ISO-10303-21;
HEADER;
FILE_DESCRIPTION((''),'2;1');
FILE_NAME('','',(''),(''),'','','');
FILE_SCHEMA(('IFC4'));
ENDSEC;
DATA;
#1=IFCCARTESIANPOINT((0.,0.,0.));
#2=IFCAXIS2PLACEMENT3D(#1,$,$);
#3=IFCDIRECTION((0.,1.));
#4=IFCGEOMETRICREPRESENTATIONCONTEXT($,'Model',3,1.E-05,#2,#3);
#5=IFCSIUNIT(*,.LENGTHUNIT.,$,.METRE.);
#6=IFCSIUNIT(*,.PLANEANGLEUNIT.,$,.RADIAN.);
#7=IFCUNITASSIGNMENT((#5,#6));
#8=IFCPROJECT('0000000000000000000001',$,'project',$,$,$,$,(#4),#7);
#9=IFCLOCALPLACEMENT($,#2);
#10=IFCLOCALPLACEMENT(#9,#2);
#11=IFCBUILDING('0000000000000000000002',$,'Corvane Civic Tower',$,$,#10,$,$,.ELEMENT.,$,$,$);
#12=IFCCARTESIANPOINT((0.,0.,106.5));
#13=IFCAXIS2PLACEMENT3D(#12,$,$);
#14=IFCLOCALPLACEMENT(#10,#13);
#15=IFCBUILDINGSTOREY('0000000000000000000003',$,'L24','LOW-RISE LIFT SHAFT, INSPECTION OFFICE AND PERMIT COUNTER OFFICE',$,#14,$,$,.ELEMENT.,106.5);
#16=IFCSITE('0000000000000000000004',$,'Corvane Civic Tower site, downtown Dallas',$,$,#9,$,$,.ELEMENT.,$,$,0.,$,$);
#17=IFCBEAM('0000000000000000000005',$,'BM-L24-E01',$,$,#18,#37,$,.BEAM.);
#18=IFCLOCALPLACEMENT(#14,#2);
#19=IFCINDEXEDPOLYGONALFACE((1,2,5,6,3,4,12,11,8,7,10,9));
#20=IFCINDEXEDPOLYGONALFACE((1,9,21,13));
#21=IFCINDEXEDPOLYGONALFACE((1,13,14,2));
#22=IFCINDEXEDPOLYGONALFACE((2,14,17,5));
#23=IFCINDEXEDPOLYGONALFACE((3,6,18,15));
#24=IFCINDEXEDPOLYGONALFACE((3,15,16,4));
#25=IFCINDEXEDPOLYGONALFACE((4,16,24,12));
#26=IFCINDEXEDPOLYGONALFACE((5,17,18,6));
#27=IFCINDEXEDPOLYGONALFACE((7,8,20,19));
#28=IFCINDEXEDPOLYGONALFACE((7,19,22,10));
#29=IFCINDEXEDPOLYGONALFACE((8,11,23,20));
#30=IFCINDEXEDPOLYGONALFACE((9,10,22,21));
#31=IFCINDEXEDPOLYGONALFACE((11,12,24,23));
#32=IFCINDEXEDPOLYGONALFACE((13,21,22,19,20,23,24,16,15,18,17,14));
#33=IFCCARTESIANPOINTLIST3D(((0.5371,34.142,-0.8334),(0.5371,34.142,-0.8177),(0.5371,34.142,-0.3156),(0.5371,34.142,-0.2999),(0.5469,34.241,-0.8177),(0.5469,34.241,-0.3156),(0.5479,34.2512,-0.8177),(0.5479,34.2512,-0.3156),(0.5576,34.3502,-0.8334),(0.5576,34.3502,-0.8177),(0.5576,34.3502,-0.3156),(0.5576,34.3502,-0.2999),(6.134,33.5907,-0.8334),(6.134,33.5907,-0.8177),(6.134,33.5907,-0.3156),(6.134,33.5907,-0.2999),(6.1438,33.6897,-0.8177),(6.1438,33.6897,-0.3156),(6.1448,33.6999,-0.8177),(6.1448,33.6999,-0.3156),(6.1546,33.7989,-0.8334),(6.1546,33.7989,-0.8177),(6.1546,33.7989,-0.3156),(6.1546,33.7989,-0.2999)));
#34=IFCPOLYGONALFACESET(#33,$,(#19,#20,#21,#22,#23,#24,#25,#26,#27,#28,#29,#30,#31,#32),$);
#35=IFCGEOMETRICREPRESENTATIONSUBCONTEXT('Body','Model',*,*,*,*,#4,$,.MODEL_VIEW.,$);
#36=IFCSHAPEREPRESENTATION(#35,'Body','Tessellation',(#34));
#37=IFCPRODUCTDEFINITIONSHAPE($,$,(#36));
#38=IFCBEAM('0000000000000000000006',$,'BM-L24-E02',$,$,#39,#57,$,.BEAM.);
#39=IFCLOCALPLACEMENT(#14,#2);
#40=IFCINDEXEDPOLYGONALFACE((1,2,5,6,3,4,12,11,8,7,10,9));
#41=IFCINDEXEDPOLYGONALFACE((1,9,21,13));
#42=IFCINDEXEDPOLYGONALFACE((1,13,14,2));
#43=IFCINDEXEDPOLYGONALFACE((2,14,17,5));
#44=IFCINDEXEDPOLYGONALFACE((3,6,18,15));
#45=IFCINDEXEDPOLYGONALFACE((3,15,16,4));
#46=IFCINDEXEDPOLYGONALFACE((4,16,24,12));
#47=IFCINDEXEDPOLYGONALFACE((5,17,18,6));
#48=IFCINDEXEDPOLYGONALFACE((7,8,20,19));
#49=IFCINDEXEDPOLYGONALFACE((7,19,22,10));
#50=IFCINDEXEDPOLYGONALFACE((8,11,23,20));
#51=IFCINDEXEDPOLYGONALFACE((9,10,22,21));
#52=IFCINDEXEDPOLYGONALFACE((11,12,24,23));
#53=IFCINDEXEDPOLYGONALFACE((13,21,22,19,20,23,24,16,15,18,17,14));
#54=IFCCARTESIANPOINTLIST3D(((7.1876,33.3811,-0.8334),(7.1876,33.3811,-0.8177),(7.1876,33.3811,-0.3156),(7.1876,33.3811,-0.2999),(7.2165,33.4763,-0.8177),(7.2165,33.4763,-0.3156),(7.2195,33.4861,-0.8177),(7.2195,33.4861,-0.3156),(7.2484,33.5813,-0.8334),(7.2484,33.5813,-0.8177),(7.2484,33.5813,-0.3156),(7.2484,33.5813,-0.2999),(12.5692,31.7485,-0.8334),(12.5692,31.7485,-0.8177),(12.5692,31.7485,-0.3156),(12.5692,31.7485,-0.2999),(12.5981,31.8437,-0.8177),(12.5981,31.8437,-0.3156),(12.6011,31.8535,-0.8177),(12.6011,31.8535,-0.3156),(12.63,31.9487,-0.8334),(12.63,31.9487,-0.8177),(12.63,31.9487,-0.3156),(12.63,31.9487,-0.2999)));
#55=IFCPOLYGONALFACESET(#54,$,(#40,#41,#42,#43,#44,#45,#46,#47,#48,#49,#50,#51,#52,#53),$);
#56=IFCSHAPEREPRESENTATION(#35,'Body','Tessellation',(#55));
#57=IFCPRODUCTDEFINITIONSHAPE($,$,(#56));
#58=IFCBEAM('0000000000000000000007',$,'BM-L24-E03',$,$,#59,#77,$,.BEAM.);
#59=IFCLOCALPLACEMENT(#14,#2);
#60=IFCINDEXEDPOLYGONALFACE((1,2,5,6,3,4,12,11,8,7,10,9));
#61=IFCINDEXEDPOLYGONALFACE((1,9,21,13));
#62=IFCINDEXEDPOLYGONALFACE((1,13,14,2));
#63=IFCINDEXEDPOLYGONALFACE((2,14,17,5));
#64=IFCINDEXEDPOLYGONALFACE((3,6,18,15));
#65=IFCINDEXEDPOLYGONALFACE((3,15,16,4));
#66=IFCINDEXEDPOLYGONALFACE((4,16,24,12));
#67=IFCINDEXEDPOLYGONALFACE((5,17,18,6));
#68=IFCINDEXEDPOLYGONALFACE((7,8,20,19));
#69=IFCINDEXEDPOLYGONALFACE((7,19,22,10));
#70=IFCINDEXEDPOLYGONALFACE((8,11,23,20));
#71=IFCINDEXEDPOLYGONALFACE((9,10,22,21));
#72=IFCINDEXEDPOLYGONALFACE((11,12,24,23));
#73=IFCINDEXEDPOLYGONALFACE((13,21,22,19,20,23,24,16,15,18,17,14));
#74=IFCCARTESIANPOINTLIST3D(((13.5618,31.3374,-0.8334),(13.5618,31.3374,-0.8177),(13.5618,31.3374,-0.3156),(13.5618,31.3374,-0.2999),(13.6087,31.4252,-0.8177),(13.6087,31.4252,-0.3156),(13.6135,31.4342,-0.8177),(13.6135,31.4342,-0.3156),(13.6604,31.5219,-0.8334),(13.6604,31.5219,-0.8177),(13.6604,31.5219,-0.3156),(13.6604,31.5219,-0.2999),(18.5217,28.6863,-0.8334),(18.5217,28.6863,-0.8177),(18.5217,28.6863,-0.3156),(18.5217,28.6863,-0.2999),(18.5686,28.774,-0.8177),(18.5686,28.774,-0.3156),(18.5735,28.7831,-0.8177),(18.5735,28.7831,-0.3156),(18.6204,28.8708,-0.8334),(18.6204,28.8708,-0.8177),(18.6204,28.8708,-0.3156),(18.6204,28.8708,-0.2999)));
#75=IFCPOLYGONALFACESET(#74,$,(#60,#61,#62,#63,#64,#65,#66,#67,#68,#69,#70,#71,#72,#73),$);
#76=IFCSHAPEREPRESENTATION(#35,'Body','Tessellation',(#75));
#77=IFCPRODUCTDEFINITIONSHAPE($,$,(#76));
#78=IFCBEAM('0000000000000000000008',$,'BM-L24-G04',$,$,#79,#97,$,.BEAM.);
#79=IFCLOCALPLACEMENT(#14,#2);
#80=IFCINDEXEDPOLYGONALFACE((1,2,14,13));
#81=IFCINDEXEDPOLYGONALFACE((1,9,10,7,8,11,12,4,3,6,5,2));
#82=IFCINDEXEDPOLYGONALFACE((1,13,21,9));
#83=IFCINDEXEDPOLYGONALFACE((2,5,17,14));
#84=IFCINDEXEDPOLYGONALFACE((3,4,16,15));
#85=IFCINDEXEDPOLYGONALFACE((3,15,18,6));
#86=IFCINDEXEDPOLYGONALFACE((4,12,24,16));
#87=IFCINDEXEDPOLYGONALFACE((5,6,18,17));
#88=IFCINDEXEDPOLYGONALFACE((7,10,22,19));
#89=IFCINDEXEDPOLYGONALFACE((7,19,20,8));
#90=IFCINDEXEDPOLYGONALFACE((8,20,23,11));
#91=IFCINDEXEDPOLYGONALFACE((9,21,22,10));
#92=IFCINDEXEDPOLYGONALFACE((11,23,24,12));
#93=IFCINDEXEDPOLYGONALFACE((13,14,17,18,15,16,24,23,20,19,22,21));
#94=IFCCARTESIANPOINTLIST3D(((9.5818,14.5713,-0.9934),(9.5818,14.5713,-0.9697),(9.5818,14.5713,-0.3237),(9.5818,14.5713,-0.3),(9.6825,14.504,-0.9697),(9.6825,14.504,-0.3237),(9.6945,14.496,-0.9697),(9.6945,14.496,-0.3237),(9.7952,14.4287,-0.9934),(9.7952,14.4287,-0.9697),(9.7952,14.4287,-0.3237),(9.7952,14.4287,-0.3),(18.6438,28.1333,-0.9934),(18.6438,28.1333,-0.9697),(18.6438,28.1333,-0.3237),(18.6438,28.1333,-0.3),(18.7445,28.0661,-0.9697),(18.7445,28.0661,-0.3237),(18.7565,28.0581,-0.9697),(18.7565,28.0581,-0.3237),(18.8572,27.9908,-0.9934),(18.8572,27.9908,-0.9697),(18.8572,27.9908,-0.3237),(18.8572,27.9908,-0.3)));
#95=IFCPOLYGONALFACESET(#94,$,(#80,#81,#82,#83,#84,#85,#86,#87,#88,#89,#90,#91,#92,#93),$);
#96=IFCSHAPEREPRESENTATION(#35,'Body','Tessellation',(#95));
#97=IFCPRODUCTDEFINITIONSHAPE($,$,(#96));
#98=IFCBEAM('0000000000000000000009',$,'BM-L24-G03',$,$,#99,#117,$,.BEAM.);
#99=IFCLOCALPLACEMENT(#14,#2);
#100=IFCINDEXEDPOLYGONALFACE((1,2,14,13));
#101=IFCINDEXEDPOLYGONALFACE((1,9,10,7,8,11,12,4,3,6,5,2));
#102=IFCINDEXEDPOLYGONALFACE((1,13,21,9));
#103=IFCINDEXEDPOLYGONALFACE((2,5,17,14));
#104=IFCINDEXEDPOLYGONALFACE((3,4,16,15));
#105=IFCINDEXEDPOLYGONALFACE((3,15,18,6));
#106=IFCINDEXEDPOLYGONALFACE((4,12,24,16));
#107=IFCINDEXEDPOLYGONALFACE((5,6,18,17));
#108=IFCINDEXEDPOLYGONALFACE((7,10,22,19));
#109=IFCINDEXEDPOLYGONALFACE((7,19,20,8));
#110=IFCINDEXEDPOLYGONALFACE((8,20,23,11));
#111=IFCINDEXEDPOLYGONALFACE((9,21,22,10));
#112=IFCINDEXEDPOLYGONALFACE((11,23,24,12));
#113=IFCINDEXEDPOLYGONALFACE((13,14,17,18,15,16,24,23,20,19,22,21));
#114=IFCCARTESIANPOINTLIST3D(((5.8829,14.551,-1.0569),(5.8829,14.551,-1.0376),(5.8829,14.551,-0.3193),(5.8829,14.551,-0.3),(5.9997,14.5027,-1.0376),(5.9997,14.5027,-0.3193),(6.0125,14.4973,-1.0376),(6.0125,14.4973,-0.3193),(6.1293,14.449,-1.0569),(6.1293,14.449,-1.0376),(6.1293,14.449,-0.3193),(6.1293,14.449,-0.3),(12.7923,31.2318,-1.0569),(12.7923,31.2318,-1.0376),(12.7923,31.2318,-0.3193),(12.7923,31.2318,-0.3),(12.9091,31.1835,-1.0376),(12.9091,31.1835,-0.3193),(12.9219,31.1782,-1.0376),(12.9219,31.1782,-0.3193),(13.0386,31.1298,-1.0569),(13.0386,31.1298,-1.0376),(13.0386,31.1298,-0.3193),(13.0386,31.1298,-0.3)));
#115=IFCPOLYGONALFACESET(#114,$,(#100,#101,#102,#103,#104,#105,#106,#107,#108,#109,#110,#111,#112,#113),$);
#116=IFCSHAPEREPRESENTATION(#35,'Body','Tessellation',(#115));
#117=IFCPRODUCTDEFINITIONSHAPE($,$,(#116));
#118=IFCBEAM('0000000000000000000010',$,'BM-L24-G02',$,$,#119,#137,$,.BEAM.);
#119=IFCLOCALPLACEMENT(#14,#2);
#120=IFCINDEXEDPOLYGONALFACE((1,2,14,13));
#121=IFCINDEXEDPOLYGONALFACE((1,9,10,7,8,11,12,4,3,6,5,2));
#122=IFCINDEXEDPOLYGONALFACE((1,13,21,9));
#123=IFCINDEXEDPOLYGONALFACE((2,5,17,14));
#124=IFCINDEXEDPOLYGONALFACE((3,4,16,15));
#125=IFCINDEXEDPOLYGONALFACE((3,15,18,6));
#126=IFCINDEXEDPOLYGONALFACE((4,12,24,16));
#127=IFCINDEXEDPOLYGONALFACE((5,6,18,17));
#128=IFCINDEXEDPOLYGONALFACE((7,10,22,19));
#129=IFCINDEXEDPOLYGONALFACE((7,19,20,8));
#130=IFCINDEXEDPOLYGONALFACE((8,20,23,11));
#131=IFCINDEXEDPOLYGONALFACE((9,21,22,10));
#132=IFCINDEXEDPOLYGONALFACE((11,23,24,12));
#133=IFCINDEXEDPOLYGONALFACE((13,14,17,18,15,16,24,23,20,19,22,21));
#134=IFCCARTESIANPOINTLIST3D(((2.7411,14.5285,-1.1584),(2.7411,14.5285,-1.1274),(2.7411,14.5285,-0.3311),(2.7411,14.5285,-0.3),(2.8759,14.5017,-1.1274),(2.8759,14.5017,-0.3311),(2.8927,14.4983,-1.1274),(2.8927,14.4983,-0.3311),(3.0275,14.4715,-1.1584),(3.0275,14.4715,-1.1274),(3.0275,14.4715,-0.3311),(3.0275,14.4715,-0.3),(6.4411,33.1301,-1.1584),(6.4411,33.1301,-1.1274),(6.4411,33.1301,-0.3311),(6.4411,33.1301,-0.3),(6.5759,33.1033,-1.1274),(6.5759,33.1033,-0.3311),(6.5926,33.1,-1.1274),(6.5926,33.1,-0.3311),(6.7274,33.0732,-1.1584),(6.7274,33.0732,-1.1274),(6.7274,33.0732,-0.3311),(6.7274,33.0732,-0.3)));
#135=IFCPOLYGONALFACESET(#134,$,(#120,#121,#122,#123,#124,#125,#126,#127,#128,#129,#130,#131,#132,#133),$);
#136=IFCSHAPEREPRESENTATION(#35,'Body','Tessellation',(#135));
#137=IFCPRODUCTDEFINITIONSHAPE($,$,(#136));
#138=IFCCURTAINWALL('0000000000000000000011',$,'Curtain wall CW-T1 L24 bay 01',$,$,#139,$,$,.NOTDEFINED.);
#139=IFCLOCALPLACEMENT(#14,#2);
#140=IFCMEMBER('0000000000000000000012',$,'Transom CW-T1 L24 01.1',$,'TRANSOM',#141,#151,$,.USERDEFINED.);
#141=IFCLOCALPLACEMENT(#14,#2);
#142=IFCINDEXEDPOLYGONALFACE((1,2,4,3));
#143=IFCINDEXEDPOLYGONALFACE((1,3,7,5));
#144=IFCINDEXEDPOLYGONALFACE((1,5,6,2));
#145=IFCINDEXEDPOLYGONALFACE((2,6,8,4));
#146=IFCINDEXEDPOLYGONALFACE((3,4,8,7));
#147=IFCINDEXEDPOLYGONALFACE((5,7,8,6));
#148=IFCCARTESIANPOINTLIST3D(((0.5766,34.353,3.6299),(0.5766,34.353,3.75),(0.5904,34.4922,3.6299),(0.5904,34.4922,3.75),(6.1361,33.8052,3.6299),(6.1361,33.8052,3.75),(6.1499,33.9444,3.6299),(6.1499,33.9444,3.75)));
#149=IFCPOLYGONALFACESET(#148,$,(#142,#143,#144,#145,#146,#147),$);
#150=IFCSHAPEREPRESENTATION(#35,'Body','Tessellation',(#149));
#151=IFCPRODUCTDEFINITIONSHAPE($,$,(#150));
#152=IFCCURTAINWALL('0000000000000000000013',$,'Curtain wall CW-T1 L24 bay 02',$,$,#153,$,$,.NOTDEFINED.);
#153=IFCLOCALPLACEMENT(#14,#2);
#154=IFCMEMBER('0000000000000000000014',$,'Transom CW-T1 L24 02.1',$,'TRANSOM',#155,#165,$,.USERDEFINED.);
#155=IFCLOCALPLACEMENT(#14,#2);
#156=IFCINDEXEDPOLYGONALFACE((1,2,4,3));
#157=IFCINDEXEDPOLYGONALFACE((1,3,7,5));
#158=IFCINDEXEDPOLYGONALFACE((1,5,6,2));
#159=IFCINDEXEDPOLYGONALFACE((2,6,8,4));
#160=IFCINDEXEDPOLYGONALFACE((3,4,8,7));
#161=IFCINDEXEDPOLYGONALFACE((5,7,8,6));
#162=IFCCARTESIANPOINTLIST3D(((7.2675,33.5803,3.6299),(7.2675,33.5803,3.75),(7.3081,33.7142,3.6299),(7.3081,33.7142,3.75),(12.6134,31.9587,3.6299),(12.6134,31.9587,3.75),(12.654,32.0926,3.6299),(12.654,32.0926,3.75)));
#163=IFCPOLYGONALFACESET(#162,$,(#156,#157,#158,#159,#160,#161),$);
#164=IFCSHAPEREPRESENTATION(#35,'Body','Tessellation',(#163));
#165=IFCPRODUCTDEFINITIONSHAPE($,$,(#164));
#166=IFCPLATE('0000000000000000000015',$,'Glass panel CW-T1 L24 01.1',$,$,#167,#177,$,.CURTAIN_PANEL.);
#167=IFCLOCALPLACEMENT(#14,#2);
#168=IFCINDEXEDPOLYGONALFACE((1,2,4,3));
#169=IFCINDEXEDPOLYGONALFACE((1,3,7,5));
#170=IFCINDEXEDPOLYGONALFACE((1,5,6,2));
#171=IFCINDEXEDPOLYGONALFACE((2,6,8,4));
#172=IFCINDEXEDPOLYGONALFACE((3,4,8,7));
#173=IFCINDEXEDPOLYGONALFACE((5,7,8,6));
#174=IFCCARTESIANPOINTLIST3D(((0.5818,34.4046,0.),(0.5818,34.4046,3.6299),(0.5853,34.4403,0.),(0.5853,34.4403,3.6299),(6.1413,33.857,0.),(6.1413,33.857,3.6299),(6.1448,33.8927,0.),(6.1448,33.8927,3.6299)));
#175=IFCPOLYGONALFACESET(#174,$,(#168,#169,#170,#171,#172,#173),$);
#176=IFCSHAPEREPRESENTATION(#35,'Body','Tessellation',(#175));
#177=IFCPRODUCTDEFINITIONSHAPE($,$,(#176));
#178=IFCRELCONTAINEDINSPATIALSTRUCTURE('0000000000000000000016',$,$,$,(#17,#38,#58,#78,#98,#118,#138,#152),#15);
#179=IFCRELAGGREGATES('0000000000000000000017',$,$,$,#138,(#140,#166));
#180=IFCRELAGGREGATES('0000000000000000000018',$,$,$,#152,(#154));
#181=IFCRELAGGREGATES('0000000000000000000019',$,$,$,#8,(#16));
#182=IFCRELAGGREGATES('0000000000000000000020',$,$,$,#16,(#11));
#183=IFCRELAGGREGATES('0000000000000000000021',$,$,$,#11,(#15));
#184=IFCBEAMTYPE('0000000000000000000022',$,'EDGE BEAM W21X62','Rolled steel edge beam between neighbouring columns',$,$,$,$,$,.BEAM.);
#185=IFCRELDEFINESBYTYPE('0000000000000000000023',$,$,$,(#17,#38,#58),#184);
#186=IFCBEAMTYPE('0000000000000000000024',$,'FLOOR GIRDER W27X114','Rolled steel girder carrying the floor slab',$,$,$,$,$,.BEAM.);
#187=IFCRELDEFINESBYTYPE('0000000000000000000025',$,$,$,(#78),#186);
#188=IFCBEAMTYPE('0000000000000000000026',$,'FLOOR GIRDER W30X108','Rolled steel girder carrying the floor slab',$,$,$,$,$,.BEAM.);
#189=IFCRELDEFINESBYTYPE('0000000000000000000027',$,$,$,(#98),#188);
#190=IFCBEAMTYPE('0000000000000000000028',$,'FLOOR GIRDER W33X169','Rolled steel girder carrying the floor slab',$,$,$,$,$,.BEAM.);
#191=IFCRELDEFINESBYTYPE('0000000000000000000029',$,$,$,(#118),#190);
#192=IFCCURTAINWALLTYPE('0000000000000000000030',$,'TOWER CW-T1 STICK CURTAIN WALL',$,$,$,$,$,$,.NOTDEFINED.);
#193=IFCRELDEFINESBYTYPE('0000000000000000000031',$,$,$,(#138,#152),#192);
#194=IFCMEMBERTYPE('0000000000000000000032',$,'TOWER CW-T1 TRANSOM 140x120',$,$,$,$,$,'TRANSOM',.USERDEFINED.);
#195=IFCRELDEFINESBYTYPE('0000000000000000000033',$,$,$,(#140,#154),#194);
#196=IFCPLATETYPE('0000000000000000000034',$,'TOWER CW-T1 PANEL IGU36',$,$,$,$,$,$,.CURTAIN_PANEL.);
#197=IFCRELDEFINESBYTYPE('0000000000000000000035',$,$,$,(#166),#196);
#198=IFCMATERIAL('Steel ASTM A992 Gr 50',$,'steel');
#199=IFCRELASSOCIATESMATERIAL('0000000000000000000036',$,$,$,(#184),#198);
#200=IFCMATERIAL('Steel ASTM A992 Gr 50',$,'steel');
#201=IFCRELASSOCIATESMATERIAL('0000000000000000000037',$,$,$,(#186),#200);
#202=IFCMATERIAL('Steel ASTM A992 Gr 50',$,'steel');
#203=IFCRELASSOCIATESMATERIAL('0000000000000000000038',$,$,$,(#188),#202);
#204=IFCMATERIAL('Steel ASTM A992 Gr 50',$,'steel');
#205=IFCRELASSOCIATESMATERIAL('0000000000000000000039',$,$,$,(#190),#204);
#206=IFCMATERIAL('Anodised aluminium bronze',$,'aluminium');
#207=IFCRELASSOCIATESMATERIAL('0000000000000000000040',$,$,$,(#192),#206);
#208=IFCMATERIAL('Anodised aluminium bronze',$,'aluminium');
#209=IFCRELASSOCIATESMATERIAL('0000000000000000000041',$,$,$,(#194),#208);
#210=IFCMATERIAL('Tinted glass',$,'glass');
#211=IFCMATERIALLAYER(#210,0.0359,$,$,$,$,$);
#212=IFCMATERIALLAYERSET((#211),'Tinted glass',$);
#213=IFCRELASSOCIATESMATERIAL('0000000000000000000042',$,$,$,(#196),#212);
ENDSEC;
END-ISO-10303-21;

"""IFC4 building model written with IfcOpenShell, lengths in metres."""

from ifc_helpers import new_model, si_unit, direction, frame, origin, origin_2d, place, context, subcontext, project, spatial, rectangle, i_section, extrude, material, layer, layer_set, material_profile, profile_set, type_object, element, aggregate, save


model = new_model("IFC4")

# Units and contexts
model_context = context("Model", 3, precision=1e-05, world=origin(), true_north=direction((0.0, 1.0)))
body_context = subcontext(model_context, "Body", "Model", "MODEL_VIEW")
ifc_project = project(units=[si_unit("LENGTHUNIT", "METRE"), si_unit("PLANEANGLEUNIT", "RADIAN")], contexts=[model_context])

# Site, building, storey
site_placement = place(None, origin())
site = spatial("IfcSite", under=ifc_project, at=site_placement, Name="Corvane Civic Tower site, downtown Dallas", CompositionType="ELEMENT", RefElevation=0.0)
building_placement = place(site_placement, origin())
building = spatial("IfcBuilding", under=site, at=building_placement, Name="Corvane Civic Tower", CompositionType="ELEMENT")
storey_placement = place(building_placement, frame((0.0, 0.0, 106.5)))
storey = spatial("IfcBuildingStorey", under=building, at=storey_placement, Name="L24", Description="LOW-RISE LIFT SHAFT, INSPECTION OFFICE AND PERMIT COUNTER OFFICE", CompositionType="ELEMENT", Elevation=106.5)

# Beams
ifc_material_1 = material(Name="Steel ASTM A992 Gr 50", Category="steel")
ifc_material_profile_1 = material_profile(ifc_material_1, i_section(OverallWidth=0.2092, OverallDepth=0.5334, WebThickness=0.0103, FlangeThickness=0.0156, at=origin_2d()), Name="W21X62")
ifc_profile_set_1 = profile_set([ifc_material_profile_1], Name="Steel ASTM A992 Gr 50")
beam_type_1 = type_object("IfcBeamType", Name="EDGE BEAM W21X62", Description="Rolled steel edge beam between neighbouring columns", PredefinedType="BEAM", material=ifc_profile_set_1)
beam_1_placement = place(storey_placement, frame((0.5474, 34.2461, -0.5667), z_axis=(0.995184, -0.098021, 0.0), x_axis=(0.098021, 0.995184, 0.0)))
element("IfcBeam", 1, at=beam_1_placement, inside=storey, type_object=beam_type_1, Name="BM-L24-E01", PredefinedType="BEAM", context=body_context, shape_type="SweptSolid", body=[
    extrude(i_section(OverallWidth=0.2092, OverallDepth=0.5334, WebThickness=0.0103, FlangeThickness=0.0156, at=origin_2d()), origin(), (0.0, 0.0, 1.0), 5.624),
])
beam_2_placement = place(storey_placement, frame((7.218, 33.4812, -0.5667), z_axis=(0.956936, -0.290298, 0.0), x_axis=(0.290298, 0.956936, 0.0)))
element("IfcBeam", 2, at=beam_2_placement, inside=storey, type_object=beam_type_1, Name="BM-L24-E02", PredefinedType="BEAM", context=body_context, shape_type="SweptSolid", body=[
    extrude(i_section(OverallWidth=0.2092, OverallDepth=0.5334, WebThickness=0.0103, FlangeThickness=0.0156, at=origin_2d()), origin(), (0.0, 0.0, 1.0), 5.6238),
])
beam_3_placement = place(storey_placement, frame((13.6111, 31.4297, -0.5667), z_axis=(0.881924, -0.471392, 0.0), x_axis=(0.471392, 0.881924, 0.0)))
element("IfcBeam", 3, at=beam_3_placement, inside=storey, type_object=beam_type_1, Name="BM-L24-E03", PredefinedType="BEAM", context=body_context, shape_type="SweptSolid", body=[
    extrude(i_section(OverallWidth=0.2092, OverallDepth=0.5334, WebThickness=0.0103, FlangeThickness=0.0156, at=origin_2d()), origin(), (0.0, 0.0, 1.0), 5.624),
])
ifc_material_2 = material(Name="Steel ASTM A992 Gr 50", Category="steel")
ifc_material_profile_2 = material_profile(ifc_material_2, i_section(OverallWidth=0.2566, OverallDepth=0.6934, WebThickness=0.0144, FlangeThickness=0.0237, at=origin_2d()), Name="W27X114")
ifc_profile_set_2 = profile_set([ifc_material_profile_2], Name="Steel ASTM A992 Gr 50")
beam_type_2 = type_object("IfcBeamType", Name="FLOOR GIRDER W27X114", Description="Rolled steel girder carrying the floor slab", PredefinedType="BEAM", material=ifc_profile_set_2)
beam_4_placement = place(storey_placement, frame((9.6885, 14.5, -0.6467), z_axis=(0.555577, 0.831465, 0.0), x_axis=(-0.831465, 0.555577, 0.0)))
element("IfcBeam", 4, at=beam_4_placement, inside=storey, type_object=beam_type_2, Name="BM-L24-G04", PredefinedType="BEAM", context=body_context, shape_type="SweptSolid", body=[
    extrude(i_section(OverallWidth=0.2566, OverallDepth=0.6934, WebThickness=0.0144, FlangeThickness=0.0237, at=origin_2d()), origin(), (0.0, 0.0, 1.0), 16.311),
])
ifc_material_3 = material(Name="Steel ASTM A992 Gr 50", Category="steel")
ifc_material_profile_3 = material_profile(ifc_material_3, i_section(OverallWidth=0.2666, OverallDepth=0.7568, WebThickness=0.0139, FlangeThickness=0.0193, at=origin_2d()), Name="W30X108")
ifc_profile_set_3 = profile_set([ifc_material_profile_3], Name="Steel ASTM A992 Gr 50")
beam_type_3 = type_object("IfcBeamType", Name="FLOOR GIRDER W30X108", Description="Rolled steel girder carrying the floor slab", PredefinedType="BEAM", material=ifc_profile_set_3)
beam_5_placement = place(storey_placement, frame((6.0061, 14.5, -0.6785), z_axis=(0.382682, 0.92388, 0.0), x_axis=(-0.92388, 0.382682, 0.0)))
element("IfcBeam", 5, at=beam_5_placement, inside=storey, type_object=beam_type_3, Name="BM-L24-G03", PredefinedType="BEAM", context=body_context, shape_type="SweptSolid", body=[
    extrude(i_section(OverallWidth=0.2666, OverallDepth=0.7568, WebThickness=0.0139, FlangeThickness=0.0193, at=origin_2d()), origin(), (0.0, 0.0, 1.0), 18.0552),
])
ifc_material_4 = material(Name="Steel ASTM A992 Gr 50", Category="steel")
ifc_material_profile_4 = material_profile(ifc_material_4, i_section(OverallWidth=0.292, OverallDepth=0.8584, WebThickness=0.0171, FlangeThickness=0.031, at=origin_2d()), Name="W33X169")
ifc_profile_set_4 = profile_set([ifc_material_profile_4], Name="Steel ASTM A992 Gr 50")
beam_type_4 = type_object("IfcBeamType", Name="FLOOR GIRDER W33X169", Description="Rolled steel girder carrying the floor slab", PredefinedType="BEAM", material=ifc_profile_set_4)
beam_6_placement = place(storey_placement, frame((2.8843, 14.5, -0.7292), z_axis=(0.195084, 0.980787, 0.0), x_axis=(-0.980787, 0.195084, 0.0)))
element("IfcBeam", 6, at=beam_6_placement, inside=storey, type_object=beam_type_4, Name="BM-L24-G02", PredefinedType="BEAM", context=body_context, shape_type="SweptSolid", body=[
    extrude(i_section(OverallWidth=0.292, OverallDepth=0.8584, WebThickness=0.0171, FlangeThickness=0.031, at=origin_2d()), origin(), (0.0, 0.0, 1.0), 18.9661),
])

# Curtain walls, members
ifc_material_5 = material(Name="Anodised aluminium bronze", Category="aluminium")
curtain_wall_type = type_object("IfcCurtainWallType", Name="TOWER CW-T1 STICK CURTAIN WALL", PredefinedType="NOTDEFINED", material=ifc_material_5)
curtain_wall_1_placement = place(storey_placement, origin())
curtain_wall_1 = element("IfcCurtainWall", 7, at=curtain_wall_1_placement, inside=storey, type_object=curtain_wall_type, Name="Curtain wall CW-T1 L24 bay 01", PredefinedType="NOTDEFINED")
ifc_material_6 = material(Name="Anodised aluminium bronze", Category="aluminium")
ifc_material_profile_5 = material_profile(ifc_material_6, rectangle(XDim=0.1399, YDim=0.1201, at=origin_2d()), Name="TOWER CW-T1 TRANSOM 140x120")
ifc_profile_set_5 = profile_set([ifc_material_profile_5], Name="Anodised aluminium bronze")
member_type = type_object("IfcMemberType", Name="TOWER CW-T1 TRANSOM 140x120", ElementType="TRANSOM", PredefinedType="USERDEFINED", material=ifc_profile_set_5)
member_1_placement = place(storey_placement, frame((0.5835, 34.4226, 3.6899), z_axis=(0.99518, -0.098067, 0.0), x_axis=(0.098067, 0.99518, 0.0)))
member_1 = element("IfcMember", 8, at=member_1_placement, type_object=member_type, Name="Transom CW-T1 L24 01.1", ObjectType="TRANSOM", PredefinedType="USERDEFINED", context=body_context, shape_type="SweptSolid", body=[
    extrude(rectangle(XDim=0.1399, YDim=0.1201, at=origin_2d()), origin(), (0.0, 0.0, 1.0), 5.5864),
])
curtain_wall_2_placement = place(storey_placement, origin())
curtain_wall_2 = element("IfcCurtainWall", 9, at=curtain_wall_2_placement, inside=storey, type_object=curtain_wall_type, Name="Curtain wall CW-T1 L24 bay 02", PredefinedType="NOTDEFINED")
member_2_placement = place(storey_placement, frame((7.2878, 33.6472, 3.6899), z_axis=(0.956945, -0.290269, 0.0), x_axis=(0.290269, 0.956945, 0.0)))
member_2 = element("IfcMember", 10, at=member_2_placement, type_object=member_type, Name="Transom CW-T1 L24 02.1", ObjectType="TRANSOM", PredefinedType="USERDEFINED", context=body_context, shape_type="SweptSolid", body=[
    extrude(rectangle(XDim=0.1399, YDim=0.1201, at=origin_2d()), origin(), (0.0, 0.0, 1.0), 5.5864),
])

# Plate
ifc_material_7 = material(Name="Tinted glass", Category="glass")
ifc_layer_1 = layer(ifc_material_7, 0.0359)
ifc_layer_set_1 = layer_set([ifc_layer_1], Name="Tinted glass")
plate_type = type_object("IfcPlateType", Name="TOWER CW-T1 PANEL IGU36", PredefinedType="CURTAIN_PANEL", material=ifc_layer_set_1)
plate_1_placement = place(storey_placement, frame((3.3633, 34.1487, 0.0), z_axis=(0.0, 0.0, 1.0), x_axis=(0.995184, -0.098027, 0.0)))
plate_1 = element("IfcPlate", 11, at=plate_1_placement, type_object=plate_type, Name="Glass panel CW-T1 L24 01.1", PredefinedType="CURTAIN_PANEL", context=body_context, shape_type="SweptSolid", body=[
    extrude(rectangle(XDim=5.5864, YDim=0.0359, at=origin_2d()), origin(), (0.0, 0.0, 1.0), 3.6299),
])
aggregate(curtain_wall_1, [member_1, plate_1])
aggregate(curtain_wall_2, [member_2])

save(model, "model.ifc")
